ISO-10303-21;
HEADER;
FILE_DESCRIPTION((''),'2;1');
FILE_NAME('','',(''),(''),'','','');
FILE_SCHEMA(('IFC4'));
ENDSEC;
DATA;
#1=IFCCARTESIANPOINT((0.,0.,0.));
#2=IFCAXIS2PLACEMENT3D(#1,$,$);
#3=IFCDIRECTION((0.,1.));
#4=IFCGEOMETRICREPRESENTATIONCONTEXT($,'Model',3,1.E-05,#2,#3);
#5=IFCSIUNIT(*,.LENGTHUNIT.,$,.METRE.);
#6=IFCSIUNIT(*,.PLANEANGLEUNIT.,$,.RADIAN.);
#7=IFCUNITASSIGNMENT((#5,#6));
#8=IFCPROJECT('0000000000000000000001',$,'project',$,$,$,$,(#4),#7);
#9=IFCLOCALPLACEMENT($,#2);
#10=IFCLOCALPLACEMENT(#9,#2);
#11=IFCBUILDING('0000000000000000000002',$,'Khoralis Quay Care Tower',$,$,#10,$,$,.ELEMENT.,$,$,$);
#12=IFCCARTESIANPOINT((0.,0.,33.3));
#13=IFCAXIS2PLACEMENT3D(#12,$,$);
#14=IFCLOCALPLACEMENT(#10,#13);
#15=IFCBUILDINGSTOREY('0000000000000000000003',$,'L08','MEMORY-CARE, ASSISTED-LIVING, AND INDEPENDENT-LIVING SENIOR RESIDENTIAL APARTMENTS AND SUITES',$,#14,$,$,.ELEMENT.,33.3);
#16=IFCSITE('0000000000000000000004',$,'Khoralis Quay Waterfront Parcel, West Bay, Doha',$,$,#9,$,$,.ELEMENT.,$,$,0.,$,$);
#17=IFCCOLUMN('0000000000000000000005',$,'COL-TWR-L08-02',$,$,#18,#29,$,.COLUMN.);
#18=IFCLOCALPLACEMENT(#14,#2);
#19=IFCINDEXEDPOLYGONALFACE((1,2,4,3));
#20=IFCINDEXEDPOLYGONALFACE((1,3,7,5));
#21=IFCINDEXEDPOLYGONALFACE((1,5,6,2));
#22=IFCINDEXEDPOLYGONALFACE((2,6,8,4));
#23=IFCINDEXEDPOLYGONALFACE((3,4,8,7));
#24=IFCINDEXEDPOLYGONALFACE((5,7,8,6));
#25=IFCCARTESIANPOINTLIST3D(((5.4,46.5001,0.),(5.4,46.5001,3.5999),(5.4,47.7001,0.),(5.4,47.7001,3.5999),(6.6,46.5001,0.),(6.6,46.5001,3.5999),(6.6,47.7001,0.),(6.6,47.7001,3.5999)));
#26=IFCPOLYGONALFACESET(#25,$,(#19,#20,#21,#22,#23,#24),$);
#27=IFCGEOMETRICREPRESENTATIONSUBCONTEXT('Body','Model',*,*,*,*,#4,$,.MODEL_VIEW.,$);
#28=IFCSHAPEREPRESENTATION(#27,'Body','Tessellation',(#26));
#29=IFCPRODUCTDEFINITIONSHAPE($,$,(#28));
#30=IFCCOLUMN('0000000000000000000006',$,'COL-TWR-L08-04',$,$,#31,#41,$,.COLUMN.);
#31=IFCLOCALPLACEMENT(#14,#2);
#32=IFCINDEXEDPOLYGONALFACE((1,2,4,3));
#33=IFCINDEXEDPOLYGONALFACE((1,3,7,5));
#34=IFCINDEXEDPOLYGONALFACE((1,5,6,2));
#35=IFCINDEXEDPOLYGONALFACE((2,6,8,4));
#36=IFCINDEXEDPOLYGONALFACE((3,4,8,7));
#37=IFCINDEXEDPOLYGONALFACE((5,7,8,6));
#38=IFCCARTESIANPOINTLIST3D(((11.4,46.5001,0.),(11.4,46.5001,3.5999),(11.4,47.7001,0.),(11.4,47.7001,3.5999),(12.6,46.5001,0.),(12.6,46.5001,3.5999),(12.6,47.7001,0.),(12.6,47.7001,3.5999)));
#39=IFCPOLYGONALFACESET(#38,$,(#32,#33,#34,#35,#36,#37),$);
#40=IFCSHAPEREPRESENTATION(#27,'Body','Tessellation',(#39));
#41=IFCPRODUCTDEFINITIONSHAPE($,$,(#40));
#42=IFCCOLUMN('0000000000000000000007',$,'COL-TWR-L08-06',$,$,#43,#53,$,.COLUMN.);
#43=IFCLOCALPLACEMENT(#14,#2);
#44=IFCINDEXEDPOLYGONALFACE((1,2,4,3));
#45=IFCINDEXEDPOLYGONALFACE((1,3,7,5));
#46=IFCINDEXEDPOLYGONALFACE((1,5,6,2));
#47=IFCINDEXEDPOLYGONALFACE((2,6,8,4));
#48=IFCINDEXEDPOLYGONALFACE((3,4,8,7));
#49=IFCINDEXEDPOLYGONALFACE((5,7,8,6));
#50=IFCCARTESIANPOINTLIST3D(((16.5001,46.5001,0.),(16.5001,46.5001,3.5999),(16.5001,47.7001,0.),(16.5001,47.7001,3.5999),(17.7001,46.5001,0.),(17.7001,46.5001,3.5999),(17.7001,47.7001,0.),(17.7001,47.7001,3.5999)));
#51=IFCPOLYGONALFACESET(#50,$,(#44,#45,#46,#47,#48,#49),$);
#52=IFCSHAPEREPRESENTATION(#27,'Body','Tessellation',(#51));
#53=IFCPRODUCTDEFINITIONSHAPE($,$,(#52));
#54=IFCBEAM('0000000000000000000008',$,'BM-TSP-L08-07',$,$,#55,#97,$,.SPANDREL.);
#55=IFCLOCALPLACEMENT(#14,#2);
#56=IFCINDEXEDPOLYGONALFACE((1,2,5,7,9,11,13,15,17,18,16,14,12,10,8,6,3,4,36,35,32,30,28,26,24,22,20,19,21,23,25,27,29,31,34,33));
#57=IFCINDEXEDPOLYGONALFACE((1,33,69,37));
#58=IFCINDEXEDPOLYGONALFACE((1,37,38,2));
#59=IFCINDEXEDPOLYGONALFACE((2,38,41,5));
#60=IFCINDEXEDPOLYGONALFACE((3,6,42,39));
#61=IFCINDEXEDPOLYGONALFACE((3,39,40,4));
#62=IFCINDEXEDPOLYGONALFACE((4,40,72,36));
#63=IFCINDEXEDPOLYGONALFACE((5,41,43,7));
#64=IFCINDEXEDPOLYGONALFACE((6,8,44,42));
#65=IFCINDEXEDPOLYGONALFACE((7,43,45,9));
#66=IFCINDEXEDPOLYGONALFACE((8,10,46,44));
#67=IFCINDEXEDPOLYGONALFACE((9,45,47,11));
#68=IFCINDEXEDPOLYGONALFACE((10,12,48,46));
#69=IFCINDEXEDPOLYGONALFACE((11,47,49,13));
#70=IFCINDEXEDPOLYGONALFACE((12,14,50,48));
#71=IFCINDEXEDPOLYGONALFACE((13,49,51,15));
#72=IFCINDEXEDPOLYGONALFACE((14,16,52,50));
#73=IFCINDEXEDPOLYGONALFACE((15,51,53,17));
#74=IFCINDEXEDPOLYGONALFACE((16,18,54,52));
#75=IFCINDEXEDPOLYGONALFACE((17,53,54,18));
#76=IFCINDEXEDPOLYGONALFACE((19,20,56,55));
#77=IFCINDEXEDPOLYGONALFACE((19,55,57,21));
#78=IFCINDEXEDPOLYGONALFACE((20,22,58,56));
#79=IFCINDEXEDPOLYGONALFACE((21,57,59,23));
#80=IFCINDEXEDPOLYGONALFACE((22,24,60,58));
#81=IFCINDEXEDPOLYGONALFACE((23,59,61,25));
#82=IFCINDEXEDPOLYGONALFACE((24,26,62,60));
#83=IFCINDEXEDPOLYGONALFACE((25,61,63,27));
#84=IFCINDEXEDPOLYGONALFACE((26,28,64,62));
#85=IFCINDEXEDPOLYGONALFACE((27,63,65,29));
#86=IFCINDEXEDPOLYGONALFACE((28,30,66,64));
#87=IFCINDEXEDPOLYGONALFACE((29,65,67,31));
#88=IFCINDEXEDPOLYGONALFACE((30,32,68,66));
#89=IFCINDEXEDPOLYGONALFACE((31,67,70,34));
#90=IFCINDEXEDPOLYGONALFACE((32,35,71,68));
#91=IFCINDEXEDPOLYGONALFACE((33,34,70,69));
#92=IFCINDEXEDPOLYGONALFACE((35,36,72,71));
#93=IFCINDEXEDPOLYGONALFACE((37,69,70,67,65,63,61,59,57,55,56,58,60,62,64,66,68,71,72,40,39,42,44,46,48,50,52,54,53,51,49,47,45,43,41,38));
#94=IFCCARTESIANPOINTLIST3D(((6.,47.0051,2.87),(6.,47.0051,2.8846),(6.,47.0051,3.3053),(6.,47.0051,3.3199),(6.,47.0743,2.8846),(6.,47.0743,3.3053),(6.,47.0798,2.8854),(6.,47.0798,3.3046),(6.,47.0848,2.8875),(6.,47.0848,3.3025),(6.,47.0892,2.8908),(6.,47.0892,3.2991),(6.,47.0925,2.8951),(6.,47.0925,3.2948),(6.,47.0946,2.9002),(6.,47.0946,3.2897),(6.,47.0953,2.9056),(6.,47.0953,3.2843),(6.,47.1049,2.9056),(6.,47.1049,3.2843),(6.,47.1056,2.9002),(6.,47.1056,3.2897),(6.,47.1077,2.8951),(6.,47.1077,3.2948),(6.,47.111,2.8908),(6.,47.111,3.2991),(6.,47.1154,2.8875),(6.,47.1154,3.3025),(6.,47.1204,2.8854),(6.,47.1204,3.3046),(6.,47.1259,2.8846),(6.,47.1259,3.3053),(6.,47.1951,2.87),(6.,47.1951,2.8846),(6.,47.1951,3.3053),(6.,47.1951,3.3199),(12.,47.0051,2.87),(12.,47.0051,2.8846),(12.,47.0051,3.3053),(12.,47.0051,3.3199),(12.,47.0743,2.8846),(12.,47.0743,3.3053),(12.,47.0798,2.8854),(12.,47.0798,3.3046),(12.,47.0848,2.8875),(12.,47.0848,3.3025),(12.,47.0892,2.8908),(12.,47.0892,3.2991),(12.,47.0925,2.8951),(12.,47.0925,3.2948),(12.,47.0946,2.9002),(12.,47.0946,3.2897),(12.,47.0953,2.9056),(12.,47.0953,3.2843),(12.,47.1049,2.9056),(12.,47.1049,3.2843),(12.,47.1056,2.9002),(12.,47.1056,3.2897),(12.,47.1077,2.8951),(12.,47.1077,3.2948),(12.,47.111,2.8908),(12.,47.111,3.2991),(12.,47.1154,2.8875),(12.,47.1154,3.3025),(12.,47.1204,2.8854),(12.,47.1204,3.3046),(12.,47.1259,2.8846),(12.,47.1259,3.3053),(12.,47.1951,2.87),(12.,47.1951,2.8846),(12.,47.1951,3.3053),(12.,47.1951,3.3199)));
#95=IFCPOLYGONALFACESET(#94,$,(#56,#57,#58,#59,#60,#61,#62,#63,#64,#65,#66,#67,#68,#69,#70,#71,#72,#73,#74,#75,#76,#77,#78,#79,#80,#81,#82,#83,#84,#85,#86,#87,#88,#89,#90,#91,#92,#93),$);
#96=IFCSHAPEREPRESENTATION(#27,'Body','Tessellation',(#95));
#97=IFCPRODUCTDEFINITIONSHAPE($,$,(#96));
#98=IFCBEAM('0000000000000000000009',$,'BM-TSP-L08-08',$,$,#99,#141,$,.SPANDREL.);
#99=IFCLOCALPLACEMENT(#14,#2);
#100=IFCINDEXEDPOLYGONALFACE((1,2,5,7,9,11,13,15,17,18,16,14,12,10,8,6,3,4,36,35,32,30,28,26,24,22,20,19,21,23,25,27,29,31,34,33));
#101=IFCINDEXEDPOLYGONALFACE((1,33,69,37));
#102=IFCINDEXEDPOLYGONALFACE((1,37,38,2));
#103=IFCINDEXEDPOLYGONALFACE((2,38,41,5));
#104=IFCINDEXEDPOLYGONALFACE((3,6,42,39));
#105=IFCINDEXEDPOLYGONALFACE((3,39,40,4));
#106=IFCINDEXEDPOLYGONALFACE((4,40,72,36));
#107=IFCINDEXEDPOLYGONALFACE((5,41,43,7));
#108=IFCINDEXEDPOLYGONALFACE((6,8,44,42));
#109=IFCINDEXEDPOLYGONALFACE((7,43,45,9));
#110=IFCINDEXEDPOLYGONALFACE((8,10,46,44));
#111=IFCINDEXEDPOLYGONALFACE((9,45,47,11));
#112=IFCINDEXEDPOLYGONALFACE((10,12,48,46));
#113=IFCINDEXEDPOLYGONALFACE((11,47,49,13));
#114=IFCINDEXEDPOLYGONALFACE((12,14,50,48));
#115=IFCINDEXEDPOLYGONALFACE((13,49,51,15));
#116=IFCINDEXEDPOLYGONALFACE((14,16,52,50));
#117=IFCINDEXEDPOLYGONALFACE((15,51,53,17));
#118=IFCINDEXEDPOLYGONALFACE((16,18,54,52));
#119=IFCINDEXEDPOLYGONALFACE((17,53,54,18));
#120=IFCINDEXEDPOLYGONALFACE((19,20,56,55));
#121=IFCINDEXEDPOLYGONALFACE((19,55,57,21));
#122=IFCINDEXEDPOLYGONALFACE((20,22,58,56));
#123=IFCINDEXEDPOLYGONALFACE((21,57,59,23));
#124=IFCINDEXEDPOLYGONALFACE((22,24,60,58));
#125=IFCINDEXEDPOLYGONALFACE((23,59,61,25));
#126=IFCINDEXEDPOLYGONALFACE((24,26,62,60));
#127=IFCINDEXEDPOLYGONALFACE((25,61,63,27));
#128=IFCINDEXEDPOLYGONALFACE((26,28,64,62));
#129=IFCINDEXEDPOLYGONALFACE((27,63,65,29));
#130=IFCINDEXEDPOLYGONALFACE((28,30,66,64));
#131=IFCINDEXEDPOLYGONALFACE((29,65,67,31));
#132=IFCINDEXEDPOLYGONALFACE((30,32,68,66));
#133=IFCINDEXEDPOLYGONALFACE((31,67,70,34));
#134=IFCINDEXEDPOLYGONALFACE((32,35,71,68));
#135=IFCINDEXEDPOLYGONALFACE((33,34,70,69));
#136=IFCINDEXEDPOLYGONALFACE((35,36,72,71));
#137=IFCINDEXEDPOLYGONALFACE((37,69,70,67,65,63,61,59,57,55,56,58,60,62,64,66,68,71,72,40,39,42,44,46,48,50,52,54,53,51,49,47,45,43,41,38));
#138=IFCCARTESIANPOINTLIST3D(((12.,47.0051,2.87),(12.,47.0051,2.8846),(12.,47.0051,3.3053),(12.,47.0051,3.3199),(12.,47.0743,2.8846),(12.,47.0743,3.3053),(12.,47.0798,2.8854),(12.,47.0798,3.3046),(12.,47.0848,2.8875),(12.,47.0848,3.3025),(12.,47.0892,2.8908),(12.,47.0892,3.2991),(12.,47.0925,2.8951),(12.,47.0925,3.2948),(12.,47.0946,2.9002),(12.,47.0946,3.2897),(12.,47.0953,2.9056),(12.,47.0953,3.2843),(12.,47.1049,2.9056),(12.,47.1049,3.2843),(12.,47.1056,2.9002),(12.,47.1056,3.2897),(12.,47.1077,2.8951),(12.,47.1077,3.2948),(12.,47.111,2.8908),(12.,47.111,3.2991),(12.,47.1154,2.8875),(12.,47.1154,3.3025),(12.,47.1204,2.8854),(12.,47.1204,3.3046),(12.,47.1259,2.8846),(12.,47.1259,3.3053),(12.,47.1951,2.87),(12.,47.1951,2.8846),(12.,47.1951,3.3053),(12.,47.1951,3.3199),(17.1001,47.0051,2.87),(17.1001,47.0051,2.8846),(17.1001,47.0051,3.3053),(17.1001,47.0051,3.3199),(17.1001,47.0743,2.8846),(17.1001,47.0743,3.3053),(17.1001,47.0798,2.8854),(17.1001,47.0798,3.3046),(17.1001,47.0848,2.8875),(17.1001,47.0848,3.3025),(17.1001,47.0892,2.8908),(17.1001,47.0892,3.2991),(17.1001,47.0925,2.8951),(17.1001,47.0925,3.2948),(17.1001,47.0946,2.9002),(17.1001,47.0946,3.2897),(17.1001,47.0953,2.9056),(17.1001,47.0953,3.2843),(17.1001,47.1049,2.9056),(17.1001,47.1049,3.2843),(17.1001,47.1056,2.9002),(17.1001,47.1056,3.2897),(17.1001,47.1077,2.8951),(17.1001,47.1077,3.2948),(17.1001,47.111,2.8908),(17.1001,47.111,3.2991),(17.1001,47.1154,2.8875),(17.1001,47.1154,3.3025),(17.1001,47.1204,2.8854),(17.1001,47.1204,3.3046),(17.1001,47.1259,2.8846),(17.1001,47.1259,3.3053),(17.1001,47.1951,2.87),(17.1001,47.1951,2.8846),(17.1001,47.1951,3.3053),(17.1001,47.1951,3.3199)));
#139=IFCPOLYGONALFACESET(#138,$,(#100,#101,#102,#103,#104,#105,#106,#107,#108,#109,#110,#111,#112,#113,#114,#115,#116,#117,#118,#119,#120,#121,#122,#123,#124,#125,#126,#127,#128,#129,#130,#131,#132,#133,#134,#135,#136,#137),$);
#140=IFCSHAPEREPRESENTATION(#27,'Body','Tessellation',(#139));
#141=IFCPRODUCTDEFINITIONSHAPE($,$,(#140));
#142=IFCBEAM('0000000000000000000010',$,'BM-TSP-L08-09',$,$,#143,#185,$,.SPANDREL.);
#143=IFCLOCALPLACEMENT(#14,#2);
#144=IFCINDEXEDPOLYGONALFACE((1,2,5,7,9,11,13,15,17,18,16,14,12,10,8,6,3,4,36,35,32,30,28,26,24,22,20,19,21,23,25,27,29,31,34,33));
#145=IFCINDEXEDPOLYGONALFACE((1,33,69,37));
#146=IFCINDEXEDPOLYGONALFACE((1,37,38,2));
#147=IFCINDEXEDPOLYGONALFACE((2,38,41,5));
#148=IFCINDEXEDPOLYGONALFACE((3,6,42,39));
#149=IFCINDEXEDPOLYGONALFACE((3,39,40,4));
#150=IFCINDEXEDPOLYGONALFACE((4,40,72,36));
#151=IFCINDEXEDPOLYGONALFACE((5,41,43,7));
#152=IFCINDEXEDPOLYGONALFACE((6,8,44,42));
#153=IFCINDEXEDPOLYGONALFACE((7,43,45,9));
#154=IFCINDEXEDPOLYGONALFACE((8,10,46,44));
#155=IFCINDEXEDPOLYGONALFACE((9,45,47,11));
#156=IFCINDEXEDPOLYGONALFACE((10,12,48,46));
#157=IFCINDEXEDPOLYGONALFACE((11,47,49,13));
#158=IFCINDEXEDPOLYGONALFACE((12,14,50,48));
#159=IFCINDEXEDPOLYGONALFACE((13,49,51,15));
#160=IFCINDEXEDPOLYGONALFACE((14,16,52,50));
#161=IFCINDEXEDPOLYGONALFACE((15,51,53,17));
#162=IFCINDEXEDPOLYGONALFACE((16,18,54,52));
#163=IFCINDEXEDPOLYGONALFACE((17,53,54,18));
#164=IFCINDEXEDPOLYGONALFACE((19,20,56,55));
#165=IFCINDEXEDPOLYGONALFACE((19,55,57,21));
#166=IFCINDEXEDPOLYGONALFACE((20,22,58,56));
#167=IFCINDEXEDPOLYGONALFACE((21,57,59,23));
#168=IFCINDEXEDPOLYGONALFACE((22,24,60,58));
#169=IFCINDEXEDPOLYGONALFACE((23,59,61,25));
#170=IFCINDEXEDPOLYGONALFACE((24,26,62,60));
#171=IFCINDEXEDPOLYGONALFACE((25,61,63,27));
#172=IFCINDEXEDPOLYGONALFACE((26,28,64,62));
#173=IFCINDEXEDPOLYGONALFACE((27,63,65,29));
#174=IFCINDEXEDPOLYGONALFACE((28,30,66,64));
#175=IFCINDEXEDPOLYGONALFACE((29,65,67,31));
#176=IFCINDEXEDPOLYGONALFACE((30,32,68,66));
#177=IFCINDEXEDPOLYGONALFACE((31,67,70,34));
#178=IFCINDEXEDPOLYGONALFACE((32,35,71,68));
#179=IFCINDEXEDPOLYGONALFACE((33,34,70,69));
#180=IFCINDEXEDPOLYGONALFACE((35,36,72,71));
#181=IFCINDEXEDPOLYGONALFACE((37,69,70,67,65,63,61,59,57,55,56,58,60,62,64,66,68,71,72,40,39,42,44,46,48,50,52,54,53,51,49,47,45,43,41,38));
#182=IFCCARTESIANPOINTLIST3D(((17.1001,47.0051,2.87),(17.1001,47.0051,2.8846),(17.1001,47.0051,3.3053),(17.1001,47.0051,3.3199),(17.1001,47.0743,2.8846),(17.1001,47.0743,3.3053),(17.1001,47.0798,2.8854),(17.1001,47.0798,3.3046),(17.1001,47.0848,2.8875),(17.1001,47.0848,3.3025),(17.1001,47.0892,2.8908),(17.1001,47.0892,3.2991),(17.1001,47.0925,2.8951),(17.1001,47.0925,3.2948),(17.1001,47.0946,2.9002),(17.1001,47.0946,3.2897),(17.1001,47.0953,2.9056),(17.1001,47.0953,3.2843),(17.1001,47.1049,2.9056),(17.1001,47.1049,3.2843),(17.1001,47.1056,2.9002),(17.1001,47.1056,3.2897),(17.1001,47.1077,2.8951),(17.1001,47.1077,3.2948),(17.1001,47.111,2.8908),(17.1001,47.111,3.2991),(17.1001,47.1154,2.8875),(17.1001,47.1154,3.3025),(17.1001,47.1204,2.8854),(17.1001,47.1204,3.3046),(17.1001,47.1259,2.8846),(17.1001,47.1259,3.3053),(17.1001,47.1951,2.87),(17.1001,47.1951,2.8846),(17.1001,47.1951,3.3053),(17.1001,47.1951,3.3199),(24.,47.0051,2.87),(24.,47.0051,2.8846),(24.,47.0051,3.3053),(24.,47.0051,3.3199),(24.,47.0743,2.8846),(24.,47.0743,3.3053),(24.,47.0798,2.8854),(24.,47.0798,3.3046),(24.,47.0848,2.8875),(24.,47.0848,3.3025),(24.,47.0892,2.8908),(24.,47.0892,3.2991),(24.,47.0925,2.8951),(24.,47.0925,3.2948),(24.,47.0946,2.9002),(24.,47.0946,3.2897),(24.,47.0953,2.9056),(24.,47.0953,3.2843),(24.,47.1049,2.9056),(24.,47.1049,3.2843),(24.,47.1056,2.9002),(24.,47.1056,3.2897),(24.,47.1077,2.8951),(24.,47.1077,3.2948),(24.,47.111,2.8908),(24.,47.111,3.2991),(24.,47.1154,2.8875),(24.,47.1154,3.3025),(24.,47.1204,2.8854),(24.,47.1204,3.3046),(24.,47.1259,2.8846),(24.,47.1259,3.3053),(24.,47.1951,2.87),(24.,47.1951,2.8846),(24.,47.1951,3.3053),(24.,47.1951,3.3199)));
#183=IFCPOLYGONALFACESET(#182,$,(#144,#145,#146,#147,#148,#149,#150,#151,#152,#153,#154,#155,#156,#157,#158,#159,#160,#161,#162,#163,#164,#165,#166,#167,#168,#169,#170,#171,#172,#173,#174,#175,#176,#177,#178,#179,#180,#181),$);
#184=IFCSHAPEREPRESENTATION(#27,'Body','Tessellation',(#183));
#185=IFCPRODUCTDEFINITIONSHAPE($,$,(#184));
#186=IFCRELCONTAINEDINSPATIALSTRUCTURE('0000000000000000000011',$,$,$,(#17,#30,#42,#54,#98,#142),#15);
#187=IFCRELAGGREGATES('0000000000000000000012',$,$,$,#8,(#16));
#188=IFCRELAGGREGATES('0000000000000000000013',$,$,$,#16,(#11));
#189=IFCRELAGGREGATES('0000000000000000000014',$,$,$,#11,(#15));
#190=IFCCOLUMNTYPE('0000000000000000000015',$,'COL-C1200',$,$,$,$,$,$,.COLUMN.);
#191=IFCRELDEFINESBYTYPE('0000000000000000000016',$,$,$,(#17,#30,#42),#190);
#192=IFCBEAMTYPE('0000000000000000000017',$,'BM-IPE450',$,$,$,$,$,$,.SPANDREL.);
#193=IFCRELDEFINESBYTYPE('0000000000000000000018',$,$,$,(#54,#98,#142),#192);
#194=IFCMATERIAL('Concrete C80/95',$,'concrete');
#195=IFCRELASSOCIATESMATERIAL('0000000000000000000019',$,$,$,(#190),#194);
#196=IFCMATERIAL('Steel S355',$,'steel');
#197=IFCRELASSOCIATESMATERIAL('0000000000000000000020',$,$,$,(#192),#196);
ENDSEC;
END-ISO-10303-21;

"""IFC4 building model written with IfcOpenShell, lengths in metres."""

from ifc_helpers import new_model, si_unit, direction, frame, origin, origin_2d, place, context, subcontext, project, spatial, rectangle, i_section, extrude, source, transform, mapped, material, material_profile, profile_set, type_object, element, save


model = new_model("IFC4")

# Units and contexts
model_context = context("Model", 3, precision=1e-05, world=origin(), true_north=direction((0.0, 1.0)))
body_context = subcontext(model_context, "Body", "Model", "MODEL_VIEW")
ifc_project = project(units=[si_unit("LENGTHUNIT", "METRE"), si_unit("PLANEANGLEUNIT", "RADIAN")], contexts=[model_context])

# Site, building, storey
site_placement = place(None, origin())
site = spatial("IfcSite", under=ifc_project, at=site_placement, Name="Khoralis Quay Waterfront Parcel, West Bay, Doha", CompositionType="ELEMENT", RefElevation=0.0)
building_placement = place(site_placement, origin())
building = spatial("IfcBuilding", under=site, at=building_placement, Name="Khoralis Quay Care Tower", CompositionType="ELEMENT")
storey_placement = place(building_placement, frame((0.0, 0.0, 33.3)))
storey = spatial("IfcBuildingStorey", under=building, at=storey_placement, Name="L08", Description="MEMORY-CARE, ASSISTED-LIVING, AND INDEPENDENT-LIVING SENIOR RESIDENTIAL APARTMENTS AND SUITES", CompositionType="ELEMENT", Elevation=33.3)

# Columns
ifc_material_1 = material(Name="Concrete C80/95", Category="concrete")
ifc_material_profile_1 = material_profile(ifc_material_1, rectangle(XDim=1.2, YDim=1.2, at=origin_2d()), Name="Concrete C80/95")
ifc_profile_set_1 = profile_set([ifc_material_profile_1], Name="Concrete C80/95")
column_type = type_object("IfcColumnType", Name="COL-C1200", PredefinedType="COLUMN", material=ifc_profile_set_1)
shared_shape_1 = source(origin(), body_context, "Body", "SweptSolid", [
    extrude(rectangle(XDim=1.2, YDim=1.2, at=origin_2d()), origin(), (0.0, 0.0, 1.0), 3.5999),
])
for number, where, z_axis, x_axis, name in (
    (1, (6.0, 47.1001, 0.0), (0.0, 0.0, 1.0), (1.0, 0.0, 0.0), "COL-TWR-L08-02"),
    (2, (12.0, 47.1001, 0.0), (0.0, 0.0, 1.0), (1.0, 0.0, 0.0), "COL-TWR-L08-04"),
    (3, (17.1001, 47.1001, 0.0), (0.0, 0.0, 1.0), (1.0, 0.0, 0.0), "COL-TWR-L08-06"),
):
    element("IfcColumn", number, at=place(storey_placement, frame(where, z_axis=z_axis, x_axis=x_axis)), inside=storey, type_object=column_type, Name=name, PredefinedType="COLUMN", context=body_context, shape_type="MappedRepresentation", body=[
        mapped(shared_shape_1, transform((0.0, 0.0, 0.0), scale=1.0)),
    ])

# Beams
ifc_material_2 = material(Name="Steel S355", Category="steel")
ifc_material_profile_2 = material_profile(ifc_material_2, i_section(OverallWidth=0.1899, OverallDepth=0.45, WebThickness=0.0095, FlangeThickness=0.0146, FilletRadius=0.021, at=origin_2d()), Name="Steel S355")
ifc_profile_set_2 = profile_set([ifc_material_profile_2], Name="Steel S355")
beam_type = type_object("IfcBeamType", Name="BM-IPE450", PredefinedType="SPANDREL", material=ifc_profile_set_2)
shared_shape_2 = source(origin(), body_context, "Body", "SweptSolid", [
    extrude(i_section(OverallWidth=0.1899, OverallDepth=0.45, WebThickness=0.0095, FlangeThickness=0.0146, FilletRadius=0.021, at=origin_2d()), origin(), (0.0, 0.0, 1.0), 6.0),
])
beam_1_placement = place(storey_placement, frame((6.0, 47.1001, 3.095), z_axis=(1.0, 0.0, 0.0), x_axis=(0.0, 1.0, 0.0)))
element("IfcBeam", 4, at=beam_1_placement, inside=storey, type_object=beam_type, Name="BM-TSP-L08-07", PredefinedType="SPANDREL", context=body_context, shape_type="MappedRepresentation", body=[
    mapped(shared_shape_2, transform((0.0, 0.0, 0.0), scale=1.0)),
])
shared_shape_3 = source(origin(), body_context, "Body", "SweptSolid", [
    extrude(i_section(OverallWidth=0.1899, OverallDepth=0.45, WebThickness=0.0095, FlangeThickness=0.0146, FilletRadius=0.021, at=origin_2d()), origin(), (0.0, 0.0, 1.0), 5.1001),
])
beam_2_placement = place(storey_placement, frame((12.0, 47.1001, 3.095), z_axis=(1.0, 0.0, 0.0), x_axis=(0.0, 1.0, 0.0)))
element("IfcBeam", 5, at=beam_2_placement, inside=storey, type_object=beam_type, Name="BM-TSP-L08-08", PredefinedType="SPANDREL", context=body_context, shape_type="MappedRepresentation", body=[
    mapped(shared_shape_3, transform((0.0, 0.0, 0.0), scale=1.0)),
])
shared_shape_4 = source(origin(), body_context, "Body", "SweptSolid", [
    extrude(i_section(OverallWidth=0.1899, OverallDepth=0.45, WebThickness=0.0095, FlangeThickness=0.0146, FilletRadius=0.021, at=origin_2d()), origin(), (0.0, 0.0, 1.0), 6.8999),
])
beam_3_placement = place(storey_placement, frame((17.1001, 47.1001, 3.095), z_axis=(1.0, 0.0, 0.0), x_axis=(0.0, 1.0, 0.0)))
element("IfcBeam", 6, at=beam_3_placement, inside=storey, type_object=beam_type, Name="BM-TSP-L08-09", PredefinedType="SPANDREL", context=body_context, shape_type="MappedRepresentation", body=[
    mapped(shared_shape_4, transform((0.0, 0.0, 0.0), scale=1.0)),
])

save(model, "model.ifc")
